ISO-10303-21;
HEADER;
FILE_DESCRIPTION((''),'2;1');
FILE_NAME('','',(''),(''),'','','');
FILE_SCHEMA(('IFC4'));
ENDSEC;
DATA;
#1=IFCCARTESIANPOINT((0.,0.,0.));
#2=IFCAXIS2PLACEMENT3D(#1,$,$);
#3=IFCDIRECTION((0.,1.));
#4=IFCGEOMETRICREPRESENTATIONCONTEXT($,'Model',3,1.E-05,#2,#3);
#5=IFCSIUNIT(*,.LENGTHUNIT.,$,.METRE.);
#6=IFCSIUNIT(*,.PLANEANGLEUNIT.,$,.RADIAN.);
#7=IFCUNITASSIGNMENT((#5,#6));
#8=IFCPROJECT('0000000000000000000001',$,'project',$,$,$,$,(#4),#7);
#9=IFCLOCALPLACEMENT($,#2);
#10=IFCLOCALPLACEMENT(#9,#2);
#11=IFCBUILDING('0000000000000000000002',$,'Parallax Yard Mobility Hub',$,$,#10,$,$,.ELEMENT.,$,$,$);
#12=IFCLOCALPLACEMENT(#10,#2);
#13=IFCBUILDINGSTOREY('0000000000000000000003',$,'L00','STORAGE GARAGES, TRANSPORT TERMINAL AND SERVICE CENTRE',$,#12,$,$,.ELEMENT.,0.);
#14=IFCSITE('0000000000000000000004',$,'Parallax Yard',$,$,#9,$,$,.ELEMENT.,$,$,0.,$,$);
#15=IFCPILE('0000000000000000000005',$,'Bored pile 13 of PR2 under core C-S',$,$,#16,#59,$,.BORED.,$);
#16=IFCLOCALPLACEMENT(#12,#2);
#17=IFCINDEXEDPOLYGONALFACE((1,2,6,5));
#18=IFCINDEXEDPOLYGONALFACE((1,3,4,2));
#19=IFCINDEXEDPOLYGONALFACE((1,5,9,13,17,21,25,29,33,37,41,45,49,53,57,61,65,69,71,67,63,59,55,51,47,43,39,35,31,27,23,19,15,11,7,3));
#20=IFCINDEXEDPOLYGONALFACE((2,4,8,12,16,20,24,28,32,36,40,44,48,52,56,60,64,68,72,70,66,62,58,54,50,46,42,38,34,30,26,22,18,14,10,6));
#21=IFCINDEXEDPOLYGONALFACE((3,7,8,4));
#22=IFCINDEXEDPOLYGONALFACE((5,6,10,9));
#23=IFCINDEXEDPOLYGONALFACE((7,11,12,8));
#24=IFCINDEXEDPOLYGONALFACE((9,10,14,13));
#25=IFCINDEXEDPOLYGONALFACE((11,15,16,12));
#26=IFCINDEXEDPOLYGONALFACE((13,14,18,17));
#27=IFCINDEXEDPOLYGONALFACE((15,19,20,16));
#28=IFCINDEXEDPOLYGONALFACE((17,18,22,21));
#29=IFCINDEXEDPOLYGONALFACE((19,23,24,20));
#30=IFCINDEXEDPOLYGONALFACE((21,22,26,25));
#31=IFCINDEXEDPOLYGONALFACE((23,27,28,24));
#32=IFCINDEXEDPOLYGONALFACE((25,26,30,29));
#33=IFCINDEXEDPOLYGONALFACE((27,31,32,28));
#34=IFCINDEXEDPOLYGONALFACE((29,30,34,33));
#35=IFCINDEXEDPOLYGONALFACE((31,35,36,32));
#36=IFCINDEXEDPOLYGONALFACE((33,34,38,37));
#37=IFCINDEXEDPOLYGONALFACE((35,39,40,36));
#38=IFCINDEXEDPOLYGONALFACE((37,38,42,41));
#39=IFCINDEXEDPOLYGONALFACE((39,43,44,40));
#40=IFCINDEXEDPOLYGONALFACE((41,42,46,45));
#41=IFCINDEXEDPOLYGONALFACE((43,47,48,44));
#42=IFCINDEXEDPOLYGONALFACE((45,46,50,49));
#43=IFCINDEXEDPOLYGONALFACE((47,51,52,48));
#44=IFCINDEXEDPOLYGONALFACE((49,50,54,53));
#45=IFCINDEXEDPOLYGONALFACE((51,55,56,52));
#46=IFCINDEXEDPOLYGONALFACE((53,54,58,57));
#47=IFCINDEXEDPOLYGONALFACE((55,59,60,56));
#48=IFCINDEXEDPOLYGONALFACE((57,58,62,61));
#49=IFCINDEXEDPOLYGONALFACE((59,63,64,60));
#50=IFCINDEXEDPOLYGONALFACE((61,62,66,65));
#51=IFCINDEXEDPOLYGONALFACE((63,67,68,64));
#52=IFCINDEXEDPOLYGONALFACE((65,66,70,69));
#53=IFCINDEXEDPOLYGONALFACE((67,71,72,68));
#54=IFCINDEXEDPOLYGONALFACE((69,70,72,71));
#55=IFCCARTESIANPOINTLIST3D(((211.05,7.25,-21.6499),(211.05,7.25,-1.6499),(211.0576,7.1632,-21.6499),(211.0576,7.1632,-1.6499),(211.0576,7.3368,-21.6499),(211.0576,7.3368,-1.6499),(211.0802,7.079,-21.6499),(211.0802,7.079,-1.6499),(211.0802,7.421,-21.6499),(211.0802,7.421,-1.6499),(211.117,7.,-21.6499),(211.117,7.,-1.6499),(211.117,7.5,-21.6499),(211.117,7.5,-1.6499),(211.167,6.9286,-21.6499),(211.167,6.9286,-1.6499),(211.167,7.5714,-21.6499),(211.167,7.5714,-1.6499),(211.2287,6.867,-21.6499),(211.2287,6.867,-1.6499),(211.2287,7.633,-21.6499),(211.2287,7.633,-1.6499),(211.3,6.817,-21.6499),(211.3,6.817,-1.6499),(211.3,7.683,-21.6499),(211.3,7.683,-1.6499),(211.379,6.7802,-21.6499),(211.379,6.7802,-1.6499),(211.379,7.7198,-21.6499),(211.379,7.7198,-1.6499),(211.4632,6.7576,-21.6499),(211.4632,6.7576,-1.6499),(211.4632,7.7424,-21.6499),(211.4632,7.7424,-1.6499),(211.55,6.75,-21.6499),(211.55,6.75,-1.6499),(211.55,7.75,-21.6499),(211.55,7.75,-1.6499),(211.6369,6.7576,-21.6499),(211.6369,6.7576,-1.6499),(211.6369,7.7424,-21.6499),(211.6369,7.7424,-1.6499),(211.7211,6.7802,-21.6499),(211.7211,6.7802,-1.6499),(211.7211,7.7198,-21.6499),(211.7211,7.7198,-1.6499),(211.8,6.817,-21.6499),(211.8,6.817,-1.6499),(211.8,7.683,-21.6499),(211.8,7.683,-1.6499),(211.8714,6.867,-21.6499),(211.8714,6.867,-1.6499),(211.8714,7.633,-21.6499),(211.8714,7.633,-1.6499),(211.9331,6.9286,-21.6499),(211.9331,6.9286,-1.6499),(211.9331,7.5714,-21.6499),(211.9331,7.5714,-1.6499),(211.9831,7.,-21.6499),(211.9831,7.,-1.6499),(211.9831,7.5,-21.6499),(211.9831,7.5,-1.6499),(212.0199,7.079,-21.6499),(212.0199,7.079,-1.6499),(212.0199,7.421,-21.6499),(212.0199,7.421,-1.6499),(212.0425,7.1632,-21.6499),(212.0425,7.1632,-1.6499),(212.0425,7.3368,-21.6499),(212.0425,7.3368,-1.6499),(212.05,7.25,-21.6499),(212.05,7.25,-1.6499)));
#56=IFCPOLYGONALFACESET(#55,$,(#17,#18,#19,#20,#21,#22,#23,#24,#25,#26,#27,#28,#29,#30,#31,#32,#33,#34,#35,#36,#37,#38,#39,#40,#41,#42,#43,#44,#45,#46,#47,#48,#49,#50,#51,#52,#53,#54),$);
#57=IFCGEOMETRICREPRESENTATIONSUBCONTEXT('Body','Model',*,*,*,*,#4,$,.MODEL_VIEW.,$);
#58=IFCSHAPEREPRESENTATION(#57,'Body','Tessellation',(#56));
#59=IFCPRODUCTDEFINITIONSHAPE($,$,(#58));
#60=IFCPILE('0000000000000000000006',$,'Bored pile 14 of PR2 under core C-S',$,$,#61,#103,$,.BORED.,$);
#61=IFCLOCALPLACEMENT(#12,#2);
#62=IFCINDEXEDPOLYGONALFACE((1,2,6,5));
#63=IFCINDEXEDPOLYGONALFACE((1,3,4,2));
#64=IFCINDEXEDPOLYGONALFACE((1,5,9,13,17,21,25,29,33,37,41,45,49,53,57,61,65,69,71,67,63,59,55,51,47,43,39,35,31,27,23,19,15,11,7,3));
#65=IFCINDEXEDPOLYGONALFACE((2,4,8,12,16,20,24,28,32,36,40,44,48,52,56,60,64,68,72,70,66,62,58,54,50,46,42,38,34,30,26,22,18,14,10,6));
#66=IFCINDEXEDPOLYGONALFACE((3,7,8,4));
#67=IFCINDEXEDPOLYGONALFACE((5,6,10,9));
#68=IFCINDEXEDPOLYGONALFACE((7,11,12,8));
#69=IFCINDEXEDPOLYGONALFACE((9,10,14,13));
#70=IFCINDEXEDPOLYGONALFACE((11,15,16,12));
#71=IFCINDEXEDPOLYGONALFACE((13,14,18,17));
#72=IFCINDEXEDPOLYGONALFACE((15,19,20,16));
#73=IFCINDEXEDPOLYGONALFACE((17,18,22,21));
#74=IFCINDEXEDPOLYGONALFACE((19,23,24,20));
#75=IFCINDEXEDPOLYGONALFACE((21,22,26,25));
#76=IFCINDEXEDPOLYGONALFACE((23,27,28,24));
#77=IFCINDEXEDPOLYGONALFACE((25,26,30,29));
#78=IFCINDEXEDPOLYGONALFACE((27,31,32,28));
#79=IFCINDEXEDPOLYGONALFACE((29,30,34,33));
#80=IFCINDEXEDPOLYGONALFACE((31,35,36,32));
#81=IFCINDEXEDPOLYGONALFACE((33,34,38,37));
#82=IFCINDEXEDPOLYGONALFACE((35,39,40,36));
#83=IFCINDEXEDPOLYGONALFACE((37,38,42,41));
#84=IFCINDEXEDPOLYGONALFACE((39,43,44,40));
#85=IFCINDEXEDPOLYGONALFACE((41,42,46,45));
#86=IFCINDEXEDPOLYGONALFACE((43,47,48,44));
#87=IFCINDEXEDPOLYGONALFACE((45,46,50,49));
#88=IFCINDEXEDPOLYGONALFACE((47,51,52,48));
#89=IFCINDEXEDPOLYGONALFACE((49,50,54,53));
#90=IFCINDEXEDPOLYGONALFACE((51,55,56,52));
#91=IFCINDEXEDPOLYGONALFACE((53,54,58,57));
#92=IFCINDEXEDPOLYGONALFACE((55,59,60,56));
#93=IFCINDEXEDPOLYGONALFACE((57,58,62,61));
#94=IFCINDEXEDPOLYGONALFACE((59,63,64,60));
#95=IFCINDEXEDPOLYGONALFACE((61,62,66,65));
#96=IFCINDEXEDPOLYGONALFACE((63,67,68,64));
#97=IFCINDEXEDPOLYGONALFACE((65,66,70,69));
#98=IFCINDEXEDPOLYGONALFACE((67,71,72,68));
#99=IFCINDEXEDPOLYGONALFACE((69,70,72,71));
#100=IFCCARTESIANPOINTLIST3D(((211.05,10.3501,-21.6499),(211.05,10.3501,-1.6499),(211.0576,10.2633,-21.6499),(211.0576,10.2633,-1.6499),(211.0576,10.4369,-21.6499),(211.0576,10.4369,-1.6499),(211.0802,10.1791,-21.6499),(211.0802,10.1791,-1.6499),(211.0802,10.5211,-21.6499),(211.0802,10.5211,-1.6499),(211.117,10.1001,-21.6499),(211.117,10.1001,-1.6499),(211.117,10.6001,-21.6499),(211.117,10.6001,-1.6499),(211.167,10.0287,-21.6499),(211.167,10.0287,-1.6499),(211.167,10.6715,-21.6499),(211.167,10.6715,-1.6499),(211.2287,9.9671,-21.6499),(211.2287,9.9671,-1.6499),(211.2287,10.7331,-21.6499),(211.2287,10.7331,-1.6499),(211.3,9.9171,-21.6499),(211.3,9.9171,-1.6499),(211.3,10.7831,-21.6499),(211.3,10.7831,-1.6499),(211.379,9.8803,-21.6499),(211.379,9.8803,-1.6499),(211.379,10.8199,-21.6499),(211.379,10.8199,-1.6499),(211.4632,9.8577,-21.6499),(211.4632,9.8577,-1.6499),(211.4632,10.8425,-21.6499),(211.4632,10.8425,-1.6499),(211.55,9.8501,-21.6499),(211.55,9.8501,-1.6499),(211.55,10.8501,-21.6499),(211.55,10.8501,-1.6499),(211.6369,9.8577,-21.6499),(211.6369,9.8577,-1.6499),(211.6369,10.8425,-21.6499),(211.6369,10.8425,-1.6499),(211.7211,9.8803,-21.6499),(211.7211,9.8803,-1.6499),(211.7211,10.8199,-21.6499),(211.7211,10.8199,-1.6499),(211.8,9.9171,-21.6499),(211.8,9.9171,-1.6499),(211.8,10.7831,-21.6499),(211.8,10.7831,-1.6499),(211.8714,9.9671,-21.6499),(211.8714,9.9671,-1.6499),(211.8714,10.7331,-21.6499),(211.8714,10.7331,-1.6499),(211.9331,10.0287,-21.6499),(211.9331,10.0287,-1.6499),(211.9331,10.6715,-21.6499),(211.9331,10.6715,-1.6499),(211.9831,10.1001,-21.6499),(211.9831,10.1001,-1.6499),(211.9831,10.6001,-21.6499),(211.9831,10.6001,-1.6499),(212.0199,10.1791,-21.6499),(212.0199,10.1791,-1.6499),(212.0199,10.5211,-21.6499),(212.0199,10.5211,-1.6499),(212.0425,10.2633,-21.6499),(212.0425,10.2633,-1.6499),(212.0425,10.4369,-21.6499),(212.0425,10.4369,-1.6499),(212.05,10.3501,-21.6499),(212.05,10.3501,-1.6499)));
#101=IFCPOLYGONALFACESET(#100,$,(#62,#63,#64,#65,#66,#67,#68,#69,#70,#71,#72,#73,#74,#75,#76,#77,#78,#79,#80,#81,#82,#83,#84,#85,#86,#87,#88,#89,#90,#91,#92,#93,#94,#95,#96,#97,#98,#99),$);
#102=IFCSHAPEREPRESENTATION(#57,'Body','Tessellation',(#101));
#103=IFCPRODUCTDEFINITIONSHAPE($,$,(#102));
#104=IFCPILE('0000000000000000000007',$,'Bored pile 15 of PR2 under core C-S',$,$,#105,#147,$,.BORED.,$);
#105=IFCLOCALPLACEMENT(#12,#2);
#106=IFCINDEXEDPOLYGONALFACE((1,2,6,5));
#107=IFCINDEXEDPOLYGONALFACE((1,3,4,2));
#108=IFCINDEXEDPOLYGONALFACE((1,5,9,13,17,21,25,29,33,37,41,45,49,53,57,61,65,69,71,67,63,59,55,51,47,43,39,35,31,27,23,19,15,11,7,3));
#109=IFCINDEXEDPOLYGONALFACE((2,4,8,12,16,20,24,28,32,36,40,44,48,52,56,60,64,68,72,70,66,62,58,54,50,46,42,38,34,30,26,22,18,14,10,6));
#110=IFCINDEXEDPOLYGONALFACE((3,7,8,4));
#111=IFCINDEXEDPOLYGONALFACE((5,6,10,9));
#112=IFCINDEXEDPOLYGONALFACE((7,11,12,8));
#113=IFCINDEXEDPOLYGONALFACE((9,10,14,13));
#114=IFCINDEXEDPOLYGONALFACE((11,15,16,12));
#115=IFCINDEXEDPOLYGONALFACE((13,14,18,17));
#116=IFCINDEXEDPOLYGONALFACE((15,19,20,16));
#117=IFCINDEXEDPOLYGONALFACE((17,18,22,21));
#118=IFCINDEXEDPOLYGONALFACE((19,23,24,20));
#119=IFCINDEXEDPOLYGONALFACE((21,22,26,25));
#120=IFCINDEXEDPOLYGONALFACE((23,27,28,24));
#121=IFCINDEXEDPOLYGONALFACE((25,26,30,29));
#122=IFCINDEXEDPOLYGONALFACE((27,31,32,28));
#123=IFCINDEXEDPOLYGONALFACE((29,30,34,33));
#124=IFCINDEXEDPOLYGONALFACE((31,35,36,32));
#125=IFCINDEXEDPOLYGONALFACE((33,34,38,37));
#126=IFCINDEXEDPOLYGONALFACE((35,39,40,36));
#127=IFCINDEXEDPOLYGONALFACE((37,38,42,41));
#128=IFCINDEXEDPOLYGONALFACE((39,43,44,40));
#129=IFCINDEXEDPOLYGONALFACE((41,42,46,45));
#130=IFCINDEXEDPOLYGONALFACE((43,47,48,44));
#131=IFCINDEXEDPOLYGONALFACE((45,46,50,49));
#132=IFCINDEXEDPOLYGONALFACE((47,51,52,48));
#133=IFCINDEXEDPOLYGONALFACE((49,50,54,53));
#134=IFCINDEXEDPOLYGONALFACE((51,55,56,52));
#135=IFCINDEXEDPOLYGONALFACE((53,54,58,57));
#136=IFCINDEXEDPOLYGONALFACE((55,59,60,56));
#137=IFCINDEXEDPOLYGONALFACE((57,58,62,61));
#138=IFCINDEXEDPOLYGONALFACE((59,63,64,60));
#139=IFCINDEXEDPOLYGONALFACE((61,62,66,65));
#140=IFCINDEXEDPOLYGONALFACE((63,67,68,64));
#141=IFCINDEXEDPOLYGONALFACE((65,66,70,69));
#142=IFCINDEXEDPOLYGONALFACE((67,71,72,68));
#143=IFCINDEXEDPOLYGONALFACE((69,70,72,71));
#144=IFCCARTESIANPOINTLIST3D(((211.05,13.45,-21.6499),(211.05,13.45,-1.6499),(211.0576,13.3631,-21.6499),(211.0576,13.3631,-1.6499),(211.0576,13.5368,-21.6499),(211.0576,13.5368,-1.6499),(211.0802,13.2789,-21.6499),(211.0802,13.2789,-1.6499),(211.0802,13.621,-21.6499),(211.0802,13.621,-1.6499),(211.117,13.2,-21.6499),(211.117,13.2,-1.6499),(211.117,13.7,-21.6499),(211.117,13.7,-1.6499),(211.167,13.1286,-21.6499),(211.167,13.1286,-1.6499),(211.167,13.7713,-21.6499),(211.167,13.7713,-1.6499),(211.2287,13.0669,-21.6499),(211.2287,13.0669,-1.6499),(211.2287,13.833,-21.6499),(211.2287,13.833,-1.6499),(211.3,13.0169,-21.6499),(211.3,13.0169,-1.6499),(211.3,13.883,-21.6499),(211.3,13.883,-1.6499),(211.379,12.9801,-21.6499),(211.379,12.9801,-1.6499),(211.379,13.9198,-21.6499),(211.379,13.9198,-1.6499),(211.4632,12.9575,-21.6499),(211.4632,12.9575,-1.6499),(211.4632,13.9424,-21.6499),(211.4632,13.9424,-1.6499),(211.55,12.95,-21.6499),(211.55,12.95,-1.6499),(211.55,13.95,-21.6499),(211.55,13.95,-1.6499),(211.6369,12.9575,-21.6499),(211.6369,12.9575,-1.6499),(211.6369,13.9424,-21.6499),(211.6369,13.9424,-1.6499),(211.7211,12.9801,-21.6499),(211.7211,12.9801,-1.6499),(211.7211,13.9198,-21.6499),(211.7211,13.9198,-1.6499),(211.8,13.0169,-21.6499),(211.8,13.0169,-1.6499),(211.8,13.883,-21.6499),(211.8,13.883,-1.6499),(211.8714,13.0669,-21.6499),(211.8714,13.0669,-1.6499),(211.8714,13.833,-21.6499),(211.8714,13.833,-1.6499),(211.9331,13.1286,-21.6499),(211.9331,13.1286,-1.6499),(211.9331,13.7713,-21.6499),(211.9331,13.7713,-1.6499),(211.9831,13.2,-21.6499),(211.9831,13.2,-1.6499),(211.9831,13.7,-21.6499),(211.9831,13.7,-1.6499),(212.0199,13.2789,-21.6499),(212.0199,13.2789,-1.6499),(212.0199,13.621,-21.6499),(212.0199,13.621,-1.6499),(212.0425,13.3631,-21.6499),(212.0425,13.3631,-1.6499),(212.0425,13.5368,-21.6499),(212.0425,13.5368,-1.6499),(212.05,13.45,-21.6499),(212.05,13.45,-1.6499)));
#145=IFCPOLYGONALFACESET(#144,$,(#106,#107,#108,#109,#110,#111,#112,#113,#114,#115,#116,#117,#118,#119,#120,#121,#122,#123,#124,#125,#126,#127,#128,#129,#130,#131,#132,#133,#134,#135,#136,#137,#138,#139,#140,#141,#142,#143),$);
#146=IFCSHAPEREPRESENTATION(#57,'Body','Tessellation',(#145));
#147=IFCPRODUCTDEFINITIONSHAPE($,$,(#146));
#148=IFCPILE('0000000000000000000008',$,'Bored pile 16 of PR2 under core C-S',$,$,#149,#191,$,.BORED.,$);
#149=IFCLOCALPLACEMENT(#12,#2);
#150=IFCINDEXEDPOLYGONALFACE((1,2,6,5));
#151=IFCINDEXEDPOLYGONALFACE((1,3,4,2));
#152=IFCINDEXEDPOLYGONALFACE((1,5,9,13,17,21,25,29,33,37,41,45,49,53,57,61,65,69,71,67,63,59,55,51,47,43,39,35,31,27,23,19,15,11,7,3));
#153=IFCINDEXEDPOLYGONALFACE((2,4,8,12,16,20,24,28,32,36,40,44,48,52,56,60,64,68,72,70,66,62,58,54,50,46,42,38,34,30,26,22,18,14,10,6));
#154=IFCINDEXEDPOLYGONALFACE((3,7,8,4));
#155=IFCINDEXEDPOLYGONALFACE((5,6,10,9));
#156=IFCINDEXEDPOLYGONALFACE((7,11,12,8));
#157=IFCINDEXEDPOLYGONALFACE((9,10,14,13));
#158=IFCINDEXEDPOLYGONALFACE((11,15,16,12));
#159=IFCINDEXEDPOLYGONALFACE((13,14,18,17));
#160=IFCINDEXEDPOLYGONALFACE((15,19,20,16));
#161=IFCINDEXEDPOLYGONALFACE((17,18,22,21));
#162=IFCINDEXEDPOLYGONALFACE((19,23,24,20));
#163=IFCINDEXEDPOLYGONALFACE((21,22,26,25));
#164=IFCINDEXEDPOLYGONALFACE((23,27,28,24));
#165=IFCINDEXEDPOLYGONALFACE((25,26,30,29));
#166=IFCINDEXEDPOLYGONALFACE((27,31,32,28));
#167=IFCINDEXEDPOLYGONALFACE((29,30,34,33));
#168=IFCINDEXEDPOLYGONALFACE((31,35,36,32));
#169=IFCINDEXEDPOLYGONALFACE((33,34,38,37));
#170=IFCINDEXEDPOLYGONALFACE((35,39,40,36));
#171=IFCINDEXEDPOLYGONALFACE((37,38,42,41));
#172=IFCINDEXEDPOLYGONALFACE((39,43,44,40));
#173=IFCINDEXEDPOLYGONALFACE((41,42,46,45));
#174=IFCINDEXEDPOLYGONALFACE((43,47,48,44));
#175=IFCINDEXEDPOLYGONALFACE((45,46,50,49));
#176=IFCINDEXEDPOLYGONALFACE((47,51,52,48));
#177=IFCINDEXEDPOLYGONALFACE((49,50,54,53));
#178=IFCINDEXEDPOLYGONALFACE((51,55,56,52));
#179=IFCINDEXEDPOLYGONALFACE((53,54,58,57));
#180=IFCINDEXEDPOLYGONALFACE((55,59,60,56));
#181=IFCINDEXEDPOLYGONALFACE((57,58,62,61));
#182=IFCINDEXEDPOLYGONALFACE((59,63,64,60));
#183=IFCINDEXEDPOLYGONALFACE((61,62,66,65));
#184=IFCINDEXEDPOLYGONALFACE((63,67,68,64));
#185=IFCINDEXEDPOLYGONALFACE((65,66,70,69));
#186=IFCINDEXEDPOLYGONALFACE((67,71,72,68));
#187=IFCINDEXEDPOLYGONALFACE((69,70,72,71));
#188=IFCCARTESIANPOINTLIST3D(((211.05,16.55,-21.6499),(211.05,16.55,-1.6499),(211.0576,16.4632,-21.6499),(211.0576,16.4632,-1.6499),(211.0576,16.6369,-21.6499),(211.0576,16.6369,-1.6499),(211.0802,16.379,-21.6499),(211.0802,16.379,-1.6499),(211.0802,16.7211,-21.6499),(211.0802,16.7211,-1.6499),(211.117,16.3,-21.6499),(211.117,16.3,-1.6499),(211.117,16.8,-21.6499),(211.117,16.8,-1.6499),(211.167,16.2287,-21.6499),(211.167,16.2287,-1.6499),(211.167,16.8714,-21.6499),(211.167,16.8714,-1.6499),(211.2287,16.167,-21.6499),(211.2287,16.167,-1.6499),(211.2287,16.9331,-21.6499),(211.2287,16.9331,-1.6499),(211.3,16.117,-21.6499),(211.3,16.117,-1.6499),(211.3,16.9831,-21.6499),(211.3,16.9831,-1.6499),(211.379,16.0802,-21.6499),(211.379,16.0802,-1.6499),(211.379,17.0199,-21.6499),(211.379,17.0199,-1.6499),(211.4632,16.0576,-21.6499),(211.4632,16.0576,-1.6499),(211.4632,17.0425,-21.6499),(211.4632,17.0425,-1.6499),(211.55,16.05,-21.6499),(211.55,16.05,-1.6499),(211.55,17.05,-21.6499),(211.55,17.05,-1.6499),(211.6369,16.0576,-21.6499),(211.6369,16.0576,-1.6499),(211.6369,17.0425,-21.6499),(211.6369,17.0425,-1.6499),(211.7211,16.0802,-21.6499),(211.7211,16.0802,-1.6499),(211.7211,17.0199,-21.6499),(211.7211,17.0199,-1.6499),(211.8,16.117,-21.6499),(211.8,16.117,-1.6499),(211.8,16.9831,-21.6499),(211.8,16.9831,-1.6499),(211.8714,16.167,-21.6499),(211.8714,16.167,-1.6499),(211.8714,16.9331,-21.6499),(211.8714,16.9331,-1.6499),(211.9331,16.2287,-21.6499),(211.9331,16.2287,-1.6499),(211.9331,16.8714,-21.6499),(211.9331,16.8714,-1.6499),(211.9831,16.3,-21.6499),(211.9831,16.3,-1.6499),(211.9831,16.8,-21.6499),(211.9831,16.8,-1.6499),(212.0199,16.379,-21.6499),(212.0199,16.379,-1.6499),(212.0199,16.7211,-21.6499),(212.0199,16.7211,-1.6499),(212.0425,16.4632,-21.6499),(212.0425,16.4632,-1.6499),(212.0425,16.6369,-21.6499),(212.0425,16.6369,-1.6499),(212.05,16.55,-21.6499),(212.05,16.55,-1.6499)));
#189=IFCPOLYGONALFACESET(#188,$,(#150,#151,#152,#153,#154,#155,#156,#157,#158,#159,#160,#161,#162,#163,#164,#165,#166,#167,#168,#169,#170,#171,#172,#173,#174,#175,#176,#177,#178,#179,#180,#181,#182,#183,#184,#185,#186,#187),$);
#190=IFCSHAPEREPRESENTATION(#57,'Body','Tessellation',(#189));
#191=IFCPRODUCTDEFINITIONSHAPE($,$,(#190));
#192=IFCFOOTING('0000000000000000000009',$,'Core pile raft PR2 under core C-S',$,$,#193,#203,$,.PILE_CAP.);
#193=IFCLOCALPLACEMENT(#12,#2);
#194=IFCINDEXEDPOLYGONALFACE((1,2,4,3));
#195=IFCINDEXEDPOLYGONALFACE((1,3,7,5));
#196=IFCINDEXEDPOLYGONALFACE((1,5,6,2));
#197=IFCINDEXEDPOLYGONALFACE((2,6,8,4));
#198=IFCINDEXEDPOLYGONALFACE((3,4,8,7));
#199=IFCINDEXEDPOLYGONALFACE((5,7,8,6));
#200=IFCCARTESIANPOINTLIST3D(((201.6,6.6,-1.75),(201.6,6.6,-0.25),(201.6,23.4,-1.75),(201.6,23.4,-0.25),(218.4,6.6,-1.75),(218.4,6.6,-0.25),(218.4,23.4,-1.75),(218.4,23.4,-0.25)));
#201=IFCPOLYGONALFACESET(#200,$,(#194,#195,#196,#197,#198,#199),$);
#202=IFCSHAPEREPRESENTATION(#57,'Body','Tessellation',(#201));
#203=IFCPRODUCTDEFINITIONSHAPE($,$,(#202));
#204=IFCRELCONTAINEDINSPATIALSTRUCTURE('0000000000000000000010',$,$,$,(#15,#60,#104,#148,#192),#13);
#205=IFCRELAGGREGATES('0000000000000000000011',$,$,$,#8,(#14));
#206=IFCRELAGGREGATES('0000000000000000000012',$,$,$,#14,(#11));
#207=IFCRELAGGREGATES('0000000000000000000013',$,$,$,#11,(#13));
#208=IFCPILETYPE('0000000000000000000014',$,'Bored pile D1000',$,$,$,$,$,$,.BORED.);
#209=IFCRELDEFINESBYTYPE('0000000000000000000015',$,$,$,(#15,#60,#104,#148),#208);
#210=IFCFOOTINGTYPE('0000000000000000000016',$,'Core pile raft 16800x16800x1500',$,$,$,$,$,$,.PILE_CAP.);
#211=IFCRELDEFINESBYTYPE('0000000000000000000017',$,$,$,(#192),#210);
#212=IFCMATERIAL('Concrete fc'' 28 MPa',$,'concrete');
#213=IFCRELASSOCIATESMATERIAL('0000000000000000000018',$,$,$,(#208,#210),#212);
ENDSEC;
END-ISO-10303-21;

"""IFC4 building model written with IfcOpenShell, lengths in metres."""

from ifc_helpers import new_model, si_unit, direction, frame, origin, origin_2d, place, context, subcontext, project, spatial, rectangle, circle, extrude, material, material_profile, profile_set, type_object, element, save


model = new_model("IFC4")

# Units and contexts
model_context = context("Model", 3, precision=1e-05, world=origin(), true_north=direction((0.0, 1.0)))
body_context = subcontext(model_context, "Body", "Model", "MODEL_VIEW")
ifc_project = project(units=[si_unit("LENGTHUNIT", "METRE"), si_unit("PLANEANGLEUNIT", "RADIAN")], contexts=[model_context])

# Site, building, storey
site_placement = place(None, origin())
site = spatial("IfcSite", under=ifc_project, at=site_placement, Name="Parallax Yard", CompositionType="ELEMENT", RefElevation=0.0)
building_placement = place(site_placement, origin())
building = spatial("IfcBuilding", under=site, at=building_placement, Name="Parallax Yard Mobility Hub", CompositionType="ELEMENT")
storey_placement = place(building_placement, origin())
storey = spatial("IfcBuildingStorey", under=building, at=storey_placement, Name="L00", Description="STORAGE GARAGES, TRANSPORT TERMINAL AND SERVICE CENTRE", CompositionType="ELEMENT", Elevation=0.0)

# Piles
ifc_material_1 = material(Name="Concrete fc' 28 MPa", Category="concrete")
ifc_material_profile = material_profile(ifc_material_1, circle(Radius=0.5, at=origin_2d()), Name="Bored pile D1000")
ifc_profile_set = profile_set([ifc_material_profile], Name="Concrete fc' 28 MPa")
pile_type = type_object("IfcPileType", Name="Bored pile D1000", PredefinedType="BORED", material=ifc_profile_set)
for number, where, z_axis, x_axis, name in (
    (1, (211.55, 7.25, -1.6499), (0.0, 0.0, -1.0), (1.0, 0.0, 0.0), "Bored pile 13 of PR2 under core C-S"),
    (2, (211.55, 10.3501, -1.6499), (0.0, 0.0, -1.0), (1.0, 0.0, 0.0), "Bored pile 14 of PR2 under core C-S"),
    (3, (211.55, 13.45, -1.6499), (0.0, 0.0, -1.0), (1.0, 0.0, 0.0), "Bored pile 15 of PR2 under core C-S"),
    (4, (211.55, 16.55, -1.6499), (0.0, 0.0, -1.0), (1.0, 0.0, 0.0), "Bored pile 16 of PR2 under core C-S"),
):
    element("IfcPile", number, at=place(storey_placement, frame(where, z_axis=z_axis, x_axis=x_axis)), inside=storey, type_object=pile_type, Name=name, PredefinedType="BORED", context=body_context, shape_type="SweptSolid", body=[
        extrude(circle(Radius=0.5, at=origin_2d()), origin(), (0.0, 0.0, 1.0), 20.0),
    ])

# Footing
footing_type = type_object("IfcFootingType", Name="Core pile raft 16800x16800x1500", PredefinedType="PILE_CAP", material=ifc_material_1)
footing_placement = place(storey_placement, frame((210.0, 15.0, -1.75), z_axis=(0.0, 0.0, 1.0), x_axis=(0.0, 1.0, 0.0)))
element("IfcFooting", 5, at=footing_placement, inside=storey, type_object=footing_type, Name="Core pile raft PR2 under core C-S", PredefinedType="PILE_CAP", context=body_context, shape_type="SweptSolid", body=[
    extrude(rectangle(XDim=16.8, YDim=16.8, at=origin_2d()), origin(), (0.0, 0.0, 1.0), 1.5),
])

save(model, "model.ifc")
